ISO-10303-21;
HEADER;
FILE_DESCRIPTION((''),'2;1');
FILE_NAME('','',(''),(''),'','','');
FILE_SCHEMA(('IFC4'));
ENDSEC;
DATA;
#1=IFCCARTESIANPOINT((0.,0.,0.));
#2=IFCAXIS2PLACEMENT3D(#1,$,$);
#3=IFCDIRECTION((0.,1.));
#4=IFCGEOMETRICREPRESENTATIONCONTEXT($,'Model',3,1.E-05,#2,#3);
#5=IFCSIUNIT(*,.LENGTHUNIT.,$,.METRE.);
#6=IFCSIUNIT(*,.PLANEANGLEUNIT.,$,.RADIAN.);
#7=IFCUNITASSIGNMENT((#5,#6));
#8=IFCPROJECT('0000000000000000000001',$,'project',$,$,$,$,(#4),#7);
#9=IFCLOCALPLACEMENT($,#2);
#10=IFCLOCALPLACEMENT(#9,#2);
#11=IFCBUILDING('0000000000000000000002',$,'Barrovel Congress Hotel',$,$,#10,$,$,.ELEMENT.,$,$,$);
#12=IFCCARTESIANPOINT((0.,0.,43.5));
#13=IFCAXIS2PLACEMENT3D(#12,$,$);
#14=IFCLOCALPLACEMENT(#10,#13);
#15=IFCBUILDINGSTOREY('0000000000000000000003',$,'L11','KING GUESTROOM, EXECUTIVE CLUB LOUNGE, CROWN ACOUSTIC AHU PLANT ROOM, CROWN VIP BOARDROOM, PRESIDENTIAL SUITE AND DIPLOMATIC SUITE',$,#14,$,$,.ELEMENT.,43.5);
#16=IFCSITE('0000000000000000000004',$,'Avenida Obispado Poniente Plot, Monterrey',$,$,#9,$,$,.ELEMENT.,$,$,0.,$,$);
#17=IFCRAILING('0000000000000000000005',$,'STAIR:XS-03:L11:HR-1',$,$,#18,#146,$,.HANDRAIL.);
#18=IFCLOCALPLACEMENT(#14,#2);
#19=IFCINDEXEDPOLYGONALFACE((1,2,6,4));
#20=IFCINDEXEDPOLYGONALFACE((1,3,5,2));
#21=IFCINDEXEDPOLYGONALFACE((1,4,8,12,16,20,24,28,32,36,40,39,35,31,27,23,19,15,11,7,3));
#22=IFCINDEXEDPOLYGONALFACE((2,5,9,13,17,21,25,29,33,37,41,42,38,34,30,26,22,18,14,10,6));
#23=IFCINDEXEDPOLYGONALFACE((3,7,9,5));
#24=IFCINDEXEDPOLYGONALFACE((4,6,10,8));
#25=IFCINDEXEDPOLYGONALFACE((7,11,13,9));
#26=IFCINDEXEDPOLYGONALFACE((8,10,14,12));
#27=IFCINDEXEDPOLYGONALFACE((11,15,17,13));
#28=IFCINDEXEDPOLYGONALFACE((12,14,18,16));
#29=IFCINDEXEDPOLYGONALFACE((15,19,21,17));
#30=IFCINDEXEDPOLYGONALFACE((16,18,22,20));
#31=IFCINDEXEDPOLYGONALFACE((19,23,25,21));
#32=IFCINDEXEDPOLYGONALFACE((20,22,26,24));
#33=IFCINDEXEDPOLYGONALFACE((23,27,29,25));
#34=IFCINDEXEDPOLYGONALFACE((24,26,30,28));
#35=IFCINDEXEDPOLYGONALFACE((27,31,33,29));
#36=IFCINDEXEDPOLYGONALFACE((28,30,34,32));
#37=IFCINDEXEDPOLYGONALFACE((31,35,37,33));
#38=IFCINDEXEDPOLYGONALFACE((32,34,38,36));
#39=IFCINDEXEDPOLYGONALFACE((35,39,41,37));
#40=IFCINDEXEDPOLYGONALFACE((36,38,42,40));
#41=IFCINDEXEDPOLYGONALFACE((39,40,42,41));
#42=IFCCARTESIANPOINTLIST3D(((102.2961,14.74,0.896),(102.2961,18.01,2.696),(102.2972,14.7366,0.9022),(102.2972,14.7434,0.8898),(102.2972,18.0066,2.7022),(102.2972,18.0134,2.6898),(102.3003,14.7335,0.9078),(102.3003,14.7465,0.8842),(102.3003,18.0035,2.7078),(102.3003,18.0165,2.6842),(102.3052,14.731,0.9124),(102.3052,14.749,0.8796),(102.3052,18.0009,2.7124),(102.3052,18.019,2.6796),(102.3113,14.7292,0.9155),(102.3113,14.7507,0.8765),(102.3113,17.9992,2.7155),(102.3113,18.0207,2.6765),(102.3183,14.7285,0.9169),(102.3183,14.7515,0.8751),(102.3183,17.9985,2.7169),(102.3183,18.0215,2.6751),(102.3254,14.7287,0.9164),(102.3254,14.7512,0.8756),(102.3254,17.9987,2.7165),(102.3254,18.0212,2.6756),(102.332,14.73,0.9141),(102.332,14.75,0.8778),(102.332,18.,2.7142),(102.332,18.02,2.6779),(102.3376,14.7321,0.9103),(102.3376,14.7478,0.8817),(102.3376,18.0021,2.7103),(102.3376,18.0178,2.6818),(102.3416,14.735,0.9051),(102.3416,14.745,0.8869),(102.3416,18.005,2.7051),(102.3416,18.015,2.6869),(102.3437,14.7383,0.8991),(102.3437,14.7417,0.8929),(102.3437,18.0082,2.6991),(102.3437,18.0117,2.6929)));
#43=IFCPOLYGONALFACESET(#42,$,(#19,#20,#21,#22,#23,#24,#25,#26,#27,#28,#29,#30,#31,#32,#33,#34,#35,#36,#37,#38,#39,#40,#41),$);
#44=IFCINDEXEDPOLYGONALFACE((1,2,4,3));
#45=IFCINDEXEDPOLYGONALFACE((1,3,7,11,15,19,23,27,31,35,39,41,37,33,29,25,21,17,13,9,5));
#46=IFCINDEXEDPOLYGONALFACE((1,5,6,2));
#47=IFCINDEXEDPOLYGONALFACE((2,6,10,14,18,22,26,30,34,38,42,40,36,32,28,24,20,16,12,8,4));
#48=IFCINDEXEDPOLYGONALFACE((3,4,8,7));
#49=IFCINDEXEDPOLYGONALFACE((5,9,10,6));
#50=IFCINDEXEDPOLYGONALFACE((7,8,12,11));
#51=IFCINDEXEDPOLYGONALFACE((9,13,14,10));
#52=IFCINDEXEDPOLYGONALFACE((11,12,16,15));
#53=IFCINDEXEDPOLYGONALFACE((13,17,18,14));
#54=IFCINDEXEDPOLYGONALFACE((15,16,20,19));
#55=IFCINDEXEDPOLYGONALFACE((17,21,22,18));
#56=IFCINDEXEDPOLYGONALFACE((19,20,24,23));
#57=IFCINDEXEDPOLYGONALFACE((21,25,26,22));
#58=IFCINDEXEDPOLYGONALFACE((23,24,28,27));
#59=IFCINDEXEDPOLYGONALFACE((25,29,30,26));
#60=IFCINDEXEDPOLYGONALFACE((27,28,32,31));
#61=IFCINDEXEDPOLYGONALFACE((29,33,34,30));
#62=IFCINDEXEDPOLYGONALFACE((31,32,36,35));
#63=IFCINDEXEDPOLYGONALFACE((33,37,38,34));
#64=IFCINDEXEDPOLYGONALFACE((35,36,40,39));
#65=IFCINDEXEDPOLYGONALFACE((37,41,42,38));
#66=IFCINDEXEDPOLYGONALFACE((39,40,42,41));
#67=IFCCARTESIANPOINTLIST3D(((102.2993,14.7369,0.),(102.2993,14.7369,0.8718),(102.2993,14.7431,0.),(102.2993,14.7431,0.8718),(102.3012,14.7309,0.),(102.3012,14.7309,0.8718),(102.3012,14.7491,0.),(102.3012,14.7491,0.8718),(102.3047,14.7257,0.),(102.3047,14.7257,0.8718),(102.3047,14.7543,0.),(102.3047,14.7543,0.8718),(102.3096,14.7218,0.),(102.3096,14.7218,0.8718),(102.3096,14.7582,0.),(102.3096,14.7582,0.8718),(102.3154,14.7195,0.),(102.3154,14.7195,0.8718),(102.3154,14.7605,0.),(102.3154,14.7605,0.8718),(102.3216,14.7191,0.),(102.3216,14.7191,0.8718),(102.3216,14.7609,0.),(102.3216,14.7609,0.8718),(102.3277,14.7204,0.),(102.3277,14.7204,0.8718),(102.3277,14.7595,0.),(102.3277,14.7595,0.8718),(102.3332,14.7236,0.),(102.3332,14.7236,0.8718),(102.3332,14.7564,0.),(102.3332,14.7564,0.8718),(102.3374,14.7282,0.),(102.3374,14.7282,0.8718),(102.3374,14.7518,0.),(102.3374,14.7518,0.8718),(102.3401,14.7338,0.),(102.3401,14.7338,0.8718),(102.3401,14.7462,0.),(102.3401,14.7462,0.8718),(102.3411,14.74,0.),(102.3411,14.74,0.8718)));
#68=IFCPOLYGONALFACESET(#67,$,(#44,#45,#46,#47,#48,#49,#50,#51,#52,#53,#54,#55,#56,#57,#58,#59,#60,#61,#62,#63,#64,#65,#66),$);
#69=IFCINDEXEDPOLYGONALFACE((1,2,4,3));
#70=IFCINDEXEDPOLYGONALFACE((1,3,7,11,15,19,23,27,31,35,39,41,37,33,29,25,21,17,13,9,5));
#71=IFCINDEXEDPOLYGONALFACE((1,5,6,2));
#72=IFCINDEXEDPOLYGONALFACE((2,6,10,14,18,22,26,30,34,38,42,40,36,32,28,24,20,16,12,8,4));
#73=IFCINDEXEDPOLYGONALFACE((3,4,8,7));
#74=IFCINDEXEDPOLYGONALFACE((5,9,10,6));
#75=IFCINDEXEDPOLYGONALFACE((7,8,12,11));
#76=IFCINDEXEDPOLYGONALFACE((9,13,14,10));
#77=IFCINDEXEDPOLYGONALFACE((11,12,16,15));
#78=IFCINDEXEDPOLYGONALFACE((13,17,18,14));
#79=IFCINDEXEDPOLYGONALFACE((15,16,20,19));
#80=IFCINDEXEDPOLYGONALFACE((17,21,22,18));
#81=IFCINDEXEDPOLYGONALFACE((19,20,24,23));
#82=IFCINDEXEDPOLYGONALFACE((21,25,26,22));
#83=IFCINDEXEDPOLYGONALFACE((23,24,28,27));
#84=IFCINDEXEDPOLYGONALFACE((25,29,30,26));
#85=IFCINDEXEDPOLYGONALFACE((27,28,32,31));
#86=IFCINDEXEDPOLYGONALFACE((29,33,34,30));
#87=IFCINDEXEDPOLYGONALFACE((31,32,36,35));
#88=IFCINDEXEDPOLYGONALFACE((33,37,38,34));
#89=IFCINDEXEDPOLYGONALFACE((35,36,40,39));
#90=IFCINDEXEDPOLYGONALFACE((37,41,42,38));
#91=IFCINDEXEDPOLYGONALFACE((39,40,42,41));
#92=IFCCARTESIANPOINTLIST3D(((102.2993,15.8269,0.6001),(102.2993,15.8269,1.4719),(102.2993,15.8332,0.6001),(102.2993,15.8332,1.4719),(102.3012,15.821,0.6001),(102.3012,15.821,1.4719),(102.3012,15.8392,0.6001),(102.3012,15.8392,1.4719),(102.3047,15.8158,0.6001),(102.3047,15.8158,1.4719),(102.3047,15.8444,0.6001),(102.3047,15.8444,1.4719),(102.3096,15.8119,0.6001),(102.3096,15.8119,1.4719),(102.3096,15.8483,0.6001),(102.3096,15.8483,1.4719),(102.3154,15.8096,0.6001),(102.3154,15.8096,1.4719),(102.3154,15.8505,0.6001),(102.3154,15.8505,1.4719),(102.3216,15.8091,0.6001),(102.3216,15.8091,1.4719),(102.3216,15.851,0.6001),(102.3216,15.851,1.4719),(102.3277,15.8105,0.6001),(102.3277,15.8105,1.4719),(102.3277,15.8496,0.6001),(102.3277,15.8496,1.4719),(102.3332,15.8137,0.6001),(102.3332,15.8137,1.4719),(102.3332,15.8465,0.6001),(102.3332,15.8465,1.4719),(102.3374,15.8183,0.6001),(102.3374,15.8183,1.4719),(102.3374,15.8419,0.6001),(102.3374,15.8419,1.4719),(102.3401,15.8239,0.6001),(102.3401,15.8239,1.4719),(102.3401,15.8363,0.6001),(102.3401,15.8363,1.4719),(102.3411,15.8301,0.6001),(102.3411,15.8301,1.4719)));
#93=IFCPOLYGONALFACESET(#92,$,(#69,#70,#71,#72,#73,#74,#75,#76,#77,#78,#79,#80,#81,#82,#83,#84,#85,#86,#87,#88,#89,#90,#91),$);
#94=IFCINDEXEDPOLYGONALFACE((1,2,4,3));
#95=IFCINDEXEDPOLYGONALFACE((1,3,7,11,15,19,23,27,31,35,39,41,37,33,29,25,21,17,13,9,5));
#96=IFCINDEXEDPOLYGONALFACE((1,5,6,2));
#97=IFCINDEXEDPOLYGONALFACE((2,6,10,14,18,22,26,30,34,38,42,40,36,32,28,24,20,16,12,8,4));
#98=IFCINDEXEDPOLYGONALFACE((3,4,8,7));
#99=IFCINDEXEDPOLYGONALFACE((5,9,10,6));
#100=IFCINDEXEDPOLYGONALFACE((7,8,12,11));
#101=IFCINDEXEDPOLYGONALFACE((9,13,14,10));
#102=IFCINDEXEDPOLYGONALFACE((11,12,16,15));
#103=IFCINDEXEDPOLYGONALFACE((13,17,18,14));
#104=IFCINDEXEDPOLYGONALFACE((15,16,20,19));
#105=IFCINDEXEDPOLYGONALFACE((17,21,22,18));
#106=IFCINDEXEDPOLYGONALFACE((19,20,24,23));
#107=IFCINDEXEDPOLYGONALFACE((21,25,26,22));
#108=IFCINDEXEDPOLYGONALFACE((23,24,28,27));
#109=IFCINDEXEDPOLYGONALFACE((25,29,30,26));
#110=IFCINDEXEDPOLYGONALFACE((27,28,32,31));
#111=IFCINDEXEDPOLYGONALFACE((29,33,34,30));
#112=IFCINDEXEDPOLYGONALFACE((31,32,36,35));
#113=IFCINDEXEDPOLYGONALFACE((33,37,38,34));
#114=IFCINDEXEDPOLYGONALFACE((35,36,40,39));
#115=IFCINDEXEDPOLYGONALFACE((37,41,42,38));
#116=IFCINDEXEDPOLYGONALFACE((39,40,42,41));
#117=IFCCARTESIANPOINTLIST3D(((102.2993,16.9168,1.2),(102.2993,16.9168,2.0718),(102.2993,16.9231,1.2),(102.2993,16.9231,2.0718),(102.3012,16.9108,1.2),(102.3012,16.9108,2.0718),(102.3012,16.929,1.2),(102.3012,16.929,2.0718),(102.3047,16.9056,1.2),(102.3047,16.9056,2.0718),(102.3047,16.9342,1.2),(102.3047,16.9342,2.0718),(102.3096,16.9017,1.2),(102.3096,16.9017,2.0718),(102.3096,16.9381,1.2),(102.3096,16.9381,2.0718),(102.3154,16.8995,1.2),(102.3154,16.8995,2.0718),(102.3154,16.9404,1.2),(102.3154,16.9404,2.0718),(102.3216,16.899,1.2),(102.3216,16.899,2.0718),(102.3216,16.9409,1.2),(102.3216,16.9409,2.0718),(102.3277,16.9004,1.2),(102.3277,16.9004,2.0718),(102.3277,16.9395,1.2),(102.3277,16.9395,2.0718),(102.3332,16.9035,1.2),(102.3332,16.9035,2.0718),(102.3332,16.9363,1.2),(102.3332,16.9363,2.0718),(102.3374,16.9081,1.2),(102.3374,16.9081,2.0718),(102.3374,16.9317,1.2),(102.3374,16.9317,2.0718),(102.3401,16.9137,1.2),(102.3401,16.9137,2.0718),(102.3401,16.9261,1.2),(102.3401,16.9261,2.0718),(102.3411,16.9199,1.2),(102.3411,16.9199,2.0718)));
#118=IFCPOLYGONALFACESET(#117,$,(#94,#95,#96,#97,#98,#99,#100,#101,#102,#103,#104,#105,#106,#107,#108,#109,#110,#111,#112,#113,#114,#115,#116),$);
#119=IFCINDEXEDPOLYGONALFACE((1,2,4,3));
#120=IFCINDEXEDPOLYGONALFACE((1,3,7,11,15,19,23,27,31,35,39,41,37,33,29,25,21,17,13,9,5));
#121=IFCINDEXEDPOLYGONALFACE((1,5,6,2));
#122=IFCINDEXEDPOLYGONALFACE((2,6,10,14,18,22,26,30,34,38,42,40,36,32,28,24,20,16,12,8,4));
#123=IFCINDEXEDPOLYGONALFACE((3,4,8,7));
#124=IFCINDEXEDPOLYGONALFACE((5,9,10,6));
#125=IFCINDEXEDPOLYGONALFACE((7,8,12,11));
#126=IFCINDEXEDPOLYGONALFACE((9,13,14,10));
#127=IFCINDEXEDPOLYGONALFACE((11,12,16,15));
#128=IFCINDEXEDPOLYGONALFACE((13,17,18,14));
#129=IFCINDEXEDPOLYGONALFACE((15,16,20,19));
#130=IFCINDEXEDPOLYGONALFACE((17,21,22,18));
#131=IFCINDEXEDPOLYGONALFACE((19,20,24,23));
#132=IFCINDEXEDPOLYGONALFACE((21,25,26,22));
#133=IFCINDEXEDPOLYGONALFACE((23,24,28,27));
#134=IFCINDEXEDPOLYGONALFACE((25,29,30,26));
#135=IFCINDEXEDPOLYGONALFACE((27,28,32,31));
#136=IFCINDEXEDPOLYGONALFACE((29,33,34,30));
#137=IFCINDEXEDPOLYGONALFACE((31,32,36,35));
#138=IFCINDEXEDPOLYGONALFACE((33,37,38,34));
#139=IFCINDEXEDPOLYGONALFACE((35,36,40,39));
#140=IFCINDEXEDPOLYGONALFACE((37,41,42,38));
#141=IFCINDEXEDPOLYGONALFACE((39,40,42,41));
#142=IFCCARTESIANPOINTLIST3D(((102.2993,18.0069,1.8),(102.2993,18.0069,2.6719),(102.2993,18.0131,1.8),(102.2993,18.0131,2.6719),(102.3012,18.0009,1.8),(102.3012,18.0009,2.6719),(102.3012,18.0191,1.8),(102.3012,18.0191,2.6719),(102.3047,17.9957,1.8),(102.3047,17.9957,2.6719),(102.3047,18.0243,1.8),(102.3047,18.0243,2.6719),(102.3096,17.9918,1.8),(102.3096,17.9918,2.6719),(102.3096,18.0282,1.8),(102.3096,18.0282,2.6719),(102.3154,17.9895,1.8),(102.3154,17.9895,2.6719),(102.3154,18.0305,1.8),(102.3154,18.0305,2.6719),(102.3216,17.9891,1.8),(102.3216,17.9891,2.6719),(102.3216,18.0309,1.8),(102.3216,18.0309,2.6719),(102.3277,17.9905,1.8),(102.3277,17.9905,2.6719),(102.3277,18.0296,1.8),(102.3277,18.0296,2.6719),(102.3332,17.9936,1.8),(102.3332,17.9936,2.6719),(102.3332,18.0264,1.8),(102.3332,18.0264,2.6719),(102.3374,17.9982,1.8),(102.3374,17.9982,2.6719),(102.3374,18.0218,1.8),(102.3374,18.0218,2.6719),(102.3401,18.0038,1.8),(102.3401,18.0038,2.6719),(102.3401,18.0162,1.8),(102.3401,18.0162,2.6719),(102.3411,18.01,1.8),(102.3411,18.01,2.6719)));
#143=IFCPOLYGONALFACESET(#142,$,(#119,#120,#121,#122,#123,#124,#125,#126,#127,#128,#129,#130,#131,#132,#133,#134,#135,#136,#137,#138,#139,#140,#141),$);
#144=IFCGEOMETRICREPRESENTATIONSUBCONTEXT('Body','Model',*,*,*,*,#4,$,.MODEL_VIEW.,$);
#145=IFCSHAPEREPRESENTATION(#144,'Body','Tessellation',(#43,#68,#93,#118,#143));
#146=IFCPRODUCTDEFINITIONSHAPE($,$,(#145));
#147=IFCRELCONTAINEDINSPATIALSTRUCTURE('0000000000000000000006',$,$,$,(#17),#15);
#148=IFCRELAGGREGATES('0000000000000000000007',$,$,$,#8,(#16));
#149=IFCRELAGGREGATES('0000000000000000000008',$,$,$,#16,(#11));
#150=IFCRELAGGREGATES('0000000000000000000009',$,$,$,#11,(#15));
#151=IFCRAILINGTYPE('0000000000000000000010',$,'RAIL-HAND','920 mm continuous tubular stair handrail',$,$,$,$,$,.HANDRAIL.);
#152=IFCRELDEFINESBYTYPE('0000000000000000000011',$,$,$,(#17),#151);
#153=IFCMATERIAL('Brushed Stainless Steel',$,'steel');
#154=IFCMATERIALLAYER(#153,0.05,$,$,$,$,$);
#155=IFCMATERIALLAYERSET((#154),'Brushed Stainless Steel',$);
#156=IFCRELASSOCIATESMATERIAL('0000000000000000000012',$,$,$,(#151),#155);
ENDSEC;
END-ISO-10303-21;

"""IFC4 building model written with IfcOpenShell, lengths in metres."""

from ifc_helpers import new_model, si_unit, direction, frame, origin, origin_2d, place, context, subcontext, project, spatial, circle, extrude, material, layer, layer_set, type_object, element, save


model = new_model("IFC4")

# Units and contexts
model_context = context("Model", 3, precision=1e-05, world=origin(), true_north=direction((0.0, 1.0)))
body_context = subcontext(model_context, "Body", "Model", "MODEL_VIEW")
ifc_project = project(units=[si_unit("LENGTHUNIT", "METRE"), si_unit("PLANEANGLEUNIT", "RADIAN")], contexts=[model_context])

# Site, building, storey
site_placement = place(None, origin())
site = spatial("IfcSite", under=ifc_project, at=site_placement, Name="Avenida Obispado Poniente Plot, Monterrey", CompositionType="ELEMENT", RefElevation=0.0)
building_placement = place(site_placement, origin())
building = spatial("IfcBuilding", under=site, at=building_placement, Name="Barrovel Congress Hotel", CompositionType="ELEMENT")
storey_placement = place(building_placement, frame((0.0, 0.0, 43.5)))
storey = spatial("IfcBuildingStorey", under=building, at=storey_placement, Name="L11", Description="KING GUESTROOM, EXECUTIVE CLUB LOUNGE, CROWN ACOUSTIC AHU PLANT ROOM, CROWN VIP BOARDROOM, PRESIDENTIAL SUITE AND DIPLOMATIC SUITE", CompositionType="ELEMENT", Elevation=43.5)

# Railing
ifc_material_1 = material(Name="Brushed Stainless Steel", Category="steel")
ifc_layer_1 = layer(ifc_material_1, 0.05)
ifc_layer_set_1 = layer_set([ifc_layer_1], Name="Brushed Stainless Steel")
railing_type_1 = type_object("IfcRailingType", Name="RAIL-HAND", Description="920 mm continuous tubular stair handrail", PredefinedType="HANDRAIL", material=ifc_layer_set_1)
railing_1_placement = place(storey_placement, frame((102.3201, 14.74, 0.0)))
element("IfcRailing", 1, at=railing_1_placement, inside=storey, type_object=railing_type_1, Name="STAIR:XS-03:L11:HR-1", PredefinedType="HANDRAIL", context=body_context, shape_type="SweptSolid", body=[
    extrude(circle(Radius=0.0239, at=origin_2d()), frame((0.0, 0.0, 0.896), z_axis=(0.0, 0.876042, 0.482235), x_axis=(-1.0, 0.0, 0.0)), (0.0, 0.0, 1.0), 3.7327),
    extrude(circle(Radius=0.021, at=origin_2d()), origin(), (0.0, 0.0, 1.0), 0.8718),
    extrude(circle(Radius=0.021, at=origin_2d()), frame((0.0, 1.0901, 0.6001)), (0.0, 0.0, 1.0), 0.8718),
    extrude(circle(Radius=0.021, at=origin_2d()), frame((0.0, 2.1799, 1.2)), (0.0, 0.0, 1.0), 0.8718),
    extrude(circle(Radius=0.021, at=origin_2d()), frame((0.0, 3.27, 1.8)), (0.0, 0.0, 1.0), 0.8718),
])

save(model, "model.ifc")
